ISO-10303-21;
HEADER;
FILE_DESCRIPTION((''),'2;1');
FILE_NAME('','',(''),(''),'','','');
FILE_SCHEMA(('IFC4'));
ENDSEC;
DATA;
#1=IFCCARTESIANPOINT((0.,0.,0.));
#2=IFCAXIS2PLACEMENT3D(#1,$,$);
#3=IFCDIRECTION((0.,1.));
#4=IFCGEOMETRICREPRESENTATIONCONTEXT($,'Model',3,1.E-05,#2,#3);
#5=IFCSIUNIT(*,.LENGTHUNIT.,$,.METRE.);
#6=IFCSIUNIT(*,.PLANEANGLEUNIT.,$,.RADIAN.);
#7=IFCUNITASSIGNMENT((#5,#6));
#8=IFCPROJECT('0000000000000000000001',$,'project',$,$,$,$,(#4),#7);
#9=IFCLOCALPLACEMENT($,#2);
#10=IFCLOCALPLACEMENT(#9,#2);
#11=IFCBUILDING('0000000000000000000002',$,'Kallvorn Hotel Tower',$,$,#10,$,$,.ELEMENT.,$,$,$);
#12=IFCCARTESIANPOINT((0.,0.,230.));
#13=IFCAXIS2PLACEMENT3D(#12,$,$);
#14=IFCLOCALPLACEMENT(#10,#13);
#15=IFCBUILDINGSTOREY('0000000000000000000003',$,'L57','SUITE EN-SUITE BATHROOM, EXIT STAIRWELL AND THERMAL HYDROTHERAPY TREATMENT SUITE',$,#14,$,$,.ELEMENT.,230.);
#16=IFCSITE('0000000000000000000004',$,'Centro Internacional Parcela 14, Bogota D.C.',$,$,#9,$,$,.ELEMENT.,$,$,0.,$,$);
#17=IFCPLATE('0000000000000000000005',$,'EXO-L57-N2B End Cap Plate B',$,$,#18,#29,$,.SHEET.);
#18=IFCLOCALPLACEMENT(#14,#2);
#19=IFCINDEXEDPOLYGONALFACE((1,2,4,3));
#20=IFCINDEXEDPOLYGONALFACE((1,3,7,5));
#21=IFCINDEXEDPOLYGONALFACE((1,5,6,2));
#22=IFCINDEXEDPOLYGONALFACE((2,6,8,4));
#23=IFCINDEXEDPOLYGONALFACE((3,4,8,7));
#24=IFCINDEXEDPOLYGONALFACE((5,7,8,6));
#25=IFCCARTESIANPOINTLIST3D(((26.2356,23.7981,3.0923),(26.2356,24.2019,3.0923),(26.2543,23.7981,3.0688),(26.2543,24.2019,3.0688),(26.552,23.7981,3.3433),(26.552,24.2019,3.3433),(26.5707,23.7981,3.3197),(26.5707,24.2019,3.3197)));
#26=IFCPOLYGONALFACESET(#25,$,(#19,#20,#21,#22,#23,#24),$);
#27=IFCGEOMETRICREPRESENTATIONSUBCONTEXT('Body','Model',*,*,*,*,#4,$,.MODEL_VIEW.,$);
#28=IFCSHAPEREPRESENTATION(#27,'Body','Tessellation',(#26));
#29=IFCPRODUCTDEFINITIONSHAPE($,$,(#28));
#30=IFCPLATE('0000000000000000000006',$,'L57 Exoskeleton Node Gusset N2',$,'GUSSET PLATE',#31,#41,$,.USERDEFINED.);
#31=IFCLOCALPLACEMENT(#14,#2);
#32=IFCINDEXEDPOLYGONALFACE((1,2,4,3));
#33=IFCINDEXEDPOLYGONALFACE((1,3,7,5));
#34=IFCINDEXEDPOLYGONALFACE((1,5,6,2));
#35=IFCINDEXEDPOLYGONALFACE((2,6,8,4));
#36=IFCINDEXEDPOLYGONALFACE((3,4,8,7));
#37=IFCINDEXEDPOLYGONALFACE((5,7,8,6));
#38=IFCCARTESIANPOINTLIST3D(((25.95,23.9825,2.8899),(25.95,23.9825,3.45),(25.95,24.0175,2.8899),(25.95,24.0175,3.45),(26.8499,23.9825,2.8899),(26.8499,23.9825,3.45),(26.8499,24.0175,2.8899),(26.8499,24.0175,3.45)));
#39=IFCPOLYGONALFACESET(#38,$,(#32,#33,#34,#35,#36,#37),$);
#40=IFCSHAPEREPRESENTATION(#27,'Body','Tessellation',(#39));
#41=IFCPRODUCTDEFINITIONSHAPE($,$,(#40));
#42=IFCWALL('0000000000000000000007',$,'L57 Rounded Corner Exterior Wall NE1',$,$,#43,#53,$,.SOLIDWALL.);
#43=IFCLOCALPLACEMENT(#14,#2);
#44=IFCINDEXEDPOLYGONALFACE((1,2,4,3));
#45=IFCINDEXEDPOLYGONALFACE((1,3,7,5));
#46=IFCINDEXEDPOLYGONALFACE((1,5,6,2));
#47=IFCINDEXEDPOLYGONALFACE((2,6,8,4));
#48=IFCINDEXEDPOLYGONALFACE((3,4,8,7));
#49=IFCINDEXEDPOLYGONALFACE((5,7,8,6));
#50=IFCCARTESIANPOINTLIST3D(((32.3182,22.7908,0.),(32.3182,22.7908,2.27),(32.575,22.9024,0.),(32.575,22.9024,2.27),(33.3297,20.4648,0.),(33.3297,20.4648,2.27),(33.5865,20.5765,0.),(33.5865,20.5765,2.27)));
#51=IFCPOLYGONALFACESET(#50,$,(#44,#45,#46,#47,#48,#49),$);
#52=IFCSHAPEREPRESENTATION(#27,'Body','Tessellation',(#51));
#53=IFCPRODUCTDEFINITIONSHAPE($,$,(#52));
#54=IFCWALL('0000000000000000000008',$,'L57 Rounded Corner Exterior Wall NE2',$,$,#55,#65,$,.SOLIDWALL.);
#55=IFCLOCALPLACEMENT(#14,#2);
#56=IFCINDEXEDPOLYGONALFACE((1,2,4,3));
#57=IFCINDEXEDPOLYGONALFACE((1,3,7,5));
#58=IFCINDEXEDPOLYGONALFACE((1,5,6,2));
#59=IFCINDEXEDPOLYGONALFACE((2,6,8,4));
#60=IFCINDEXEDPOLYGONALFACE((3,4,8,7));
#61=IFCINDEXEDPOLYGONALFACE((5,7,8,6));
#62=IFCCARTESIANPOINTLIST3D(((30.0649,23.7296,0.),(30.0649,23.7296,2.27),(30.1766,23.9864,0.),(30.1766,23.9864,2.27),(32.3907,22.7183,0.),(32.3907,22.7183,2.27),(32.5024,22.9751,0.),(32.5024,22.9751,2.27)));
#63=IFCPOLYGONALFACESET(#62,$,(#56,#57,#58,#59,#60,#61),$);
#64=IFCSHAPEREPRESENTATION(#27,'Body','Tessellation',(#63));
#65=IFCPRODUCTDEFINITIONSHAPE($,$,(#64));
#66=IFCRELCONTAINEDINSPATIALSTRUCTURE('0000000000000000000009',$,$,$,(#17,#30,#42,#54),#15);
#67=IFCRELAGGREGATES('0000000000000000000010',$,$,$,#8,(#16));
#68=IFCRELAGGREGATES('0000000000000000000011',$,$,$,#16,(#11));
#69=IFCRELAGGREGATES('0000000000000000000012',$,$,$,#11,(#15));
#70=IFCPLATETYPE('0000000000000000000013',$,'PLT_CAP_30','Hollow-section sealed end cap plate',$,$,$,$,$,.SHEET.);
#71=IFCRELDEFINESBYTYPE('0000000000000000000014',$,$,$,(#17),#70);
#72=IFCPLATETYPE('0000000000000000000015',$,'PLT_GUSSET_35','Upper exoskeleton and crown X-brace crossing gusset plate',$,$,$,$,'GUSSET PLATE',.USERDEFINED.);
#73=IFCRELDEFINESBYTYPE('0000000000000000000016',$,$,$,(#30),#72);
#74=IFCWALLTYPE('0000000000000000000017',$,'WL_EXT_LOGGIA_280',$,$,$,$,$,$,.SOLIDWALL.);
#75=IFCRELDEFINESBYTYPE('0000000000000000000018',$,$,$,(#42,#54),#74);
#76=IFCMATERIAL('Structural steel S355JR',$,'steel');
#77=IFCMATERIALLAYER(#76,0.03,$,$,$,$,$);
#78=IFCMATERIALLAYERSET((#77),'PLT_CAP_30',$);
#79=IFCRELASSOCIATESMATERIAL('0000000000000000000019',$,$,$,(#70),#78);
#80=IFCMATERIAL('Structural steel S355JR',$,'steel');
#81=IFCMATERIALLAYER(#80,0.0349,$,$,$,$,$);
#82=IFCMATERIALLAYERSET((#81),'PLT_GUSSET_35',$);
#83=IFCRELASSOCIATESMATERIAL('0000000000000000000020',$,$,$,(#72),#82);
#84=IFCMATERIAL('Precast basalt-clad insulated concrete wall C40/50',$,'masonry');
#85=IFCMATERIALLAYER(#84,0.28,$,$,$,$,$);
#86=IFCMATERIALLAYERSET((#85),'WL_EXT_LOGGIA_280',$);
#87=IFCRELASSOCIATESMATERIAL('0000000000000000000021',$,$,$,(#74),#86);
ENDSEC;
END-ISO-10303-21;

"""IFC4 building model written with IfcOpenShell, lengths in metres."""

from ifc_helpers import new_model, si_unit, direction, frame, frame_2d, origin, origin_2d, place, context, subcontext, project, spatial, polyline, rectangle, outline, extrude, material, layer, layer_set, type_object, element, save


model = new_model("IFC4")

# Units and contexts
model_context = context("Model", 3, precision=1e-05, world=origin(), true_north=direction((0.0, 1.0)))
body_context = subcontext(model_context, "Body", "Model", "MODEL_VIEW")
ifc_project = project(units=[si_unit("LENGTHUNIT", "METRE"), si_unit("PLANEANGLEUNIT", "RADIAN")], contexts=[model_context])

# Site, building, storey
site_placement = place(None, origin())
site = spatial("IfcSite", under=ifc_project, at=site_placement, Name="Centro Internacional Parcela 14, Bogota D.C.", CompositionType="ELEMENT", RefElevation=0.0)
building_placement = place(site_placement, origin())
building = spatial("IfcBuilding", under=site, at=building_placement, Name="Kallvorn Hotel Tower", CompositionType="ELEMENT")
storey_placement = place(building_placement, frame((0.0, 0.0, 230.0)))
storey = spatial("IfcBuildingStorey", under=building, at=storey_placement, Name="L57", Description="SUITE EN-SUITE BATHROOM, EXIT STAIRWELL AND THERMAL HYDROTHERAPY TREATMENT SUITE", CompositionType="ELEMENT", Elevation=230.0)

# Plates
ifc_material_1 = material(Name="Structural steel S355JR", Category="steel")
ifc_layer_1 = layer(ifc_material_1, 0.03)
ifc_layer_set_1 = layer_set([ifc_layer_1], Name="PLT_CAP_30")
plate_type_1 = type_object("IfcPlateType", Name="PLT_CAP_30", Description="Hollow-section sealed end cap plate", PredefinedType="SHEET", material=ifc_layer_set_1)
plate_1_placement = place(storey_placement, frame((26.2356, 24.2019, 3.0923), z_axis=(-0.621446, 0.0, 0.783457), x_axis=(0.0, -1.0, 0.0)))
element("IfcPlate", 1, at=plate_1_placement, inside=storey, type_object=plate_type_1, Name="EXO-L57-N2B End Cap Plate B", PredefinedType="SHEET", context=body_context, shape_type="SweptSolid", body=[
    extrude(outline(polyline([(0.0, 0.0), (0.4038, 0.0), (0.4038, 0.4039), (0.0, 0.4039), (0.0, 0.0)])), origin(), (0.0, 0.0, -1.0), 0.03),
])
ifc_material_2 = material(Name="Structural steel S355JR", Category="steel")
ifc_layer_2 = layer(ifc_material_2, 0.0349)
ifc_layer_set_2 = layer_set([ifc_layer_2], Name="PLT_GUSSET_35")
plate_type_2 = type_object("IfcPlateType", Name="PLT_GUSSET_35", Description="Upper exoskeleton and crown X-brace crossing gusset plate", ElementType="GUSSET PLATE", PredefinedType="USERDEFINED", material=ifc_layer_set_2)
plate_2_placement = place(storey_placement, frame((26.3999, 24.0, 2.8899), z_axis=(0.0, 0.0, 1.0), x_axis=(1.0, 0.0, 0.0)))
element("IfcPlate", 2, at=plate_2_placement, inside=storey, type_object=plate_type_2, Name="L57 Exoskeleton Node Gusset N2", ObjectType="GUSSET PLATE", PredefinedType="USERDEFINED", context=body_context, shape_type="SweptSolid", body=[
    extrude(rectangle(XDim=0.8999, YDim=0.0349, at=origin_2d()), origin(), (0.0, 0.0, 1.0), 0.5601),
])

# Walls
ifc_material_3 = material(Name="Precast basalt-clad insulated concrete wall C40/50", Category="masonry")
ifc_layer_3 = layer(ifc_material_3, 0.28)
ifc_layer_set_3 = layer_set([ifc_layer_3], Name="WL_EXT_LOGGIA_280")
wall_type = type_object("IfcWallType", Name="WL_EXT_LOGGIA_280", PredefinedType="SOLIDWALL", material=ifc_layer_set_3)
wall_1_placement = place(storey_placement, frame((33.458, 20.5208, 0.0), z_axis=(0.0, 0.0, 1.0), x_axis=(-0.398793, 0.917041, 0.0)))
element("IfcWall", 3, at=wall_1_placement, inside=storey, type_object=wall_type, Name="L57 Rounded Corner Exterior Wall NE1", PredefinedType="SOLIDWALL", context=body_context, shape_type="SweptSolid", body=[
    extrude(rectangle(XDim=2.5364, YDim=0.28, at=frame_2d((1.2681, 0.0))), origin(), (0.0, 0.0, 1.0), 2.27),
])
wall_2_placement = place(storey_placement, frame((32.4465, 22.8467, 0.0), z_axis=(0.0, 0.0, 1.0), x_axis=(-0.917061, 0.398747, 0.0)))
element("IfcWall", 4, at=wall_2_placement, inside=storey, type_object=wall_type, Name="L57 Rounded Corner Exterior Wall NE2", PredefinedType="SOLIDWALL", context=body_context, shape_type="SweptSolid", body=[
    extrude(rectangle(XDim=2.5361, YDim=0.28, at=frame_2d((1.2681, 0.0))), origin(), (0.0, 0.0, 1.0), 2.27),
])

save(model, "model.ifc")
